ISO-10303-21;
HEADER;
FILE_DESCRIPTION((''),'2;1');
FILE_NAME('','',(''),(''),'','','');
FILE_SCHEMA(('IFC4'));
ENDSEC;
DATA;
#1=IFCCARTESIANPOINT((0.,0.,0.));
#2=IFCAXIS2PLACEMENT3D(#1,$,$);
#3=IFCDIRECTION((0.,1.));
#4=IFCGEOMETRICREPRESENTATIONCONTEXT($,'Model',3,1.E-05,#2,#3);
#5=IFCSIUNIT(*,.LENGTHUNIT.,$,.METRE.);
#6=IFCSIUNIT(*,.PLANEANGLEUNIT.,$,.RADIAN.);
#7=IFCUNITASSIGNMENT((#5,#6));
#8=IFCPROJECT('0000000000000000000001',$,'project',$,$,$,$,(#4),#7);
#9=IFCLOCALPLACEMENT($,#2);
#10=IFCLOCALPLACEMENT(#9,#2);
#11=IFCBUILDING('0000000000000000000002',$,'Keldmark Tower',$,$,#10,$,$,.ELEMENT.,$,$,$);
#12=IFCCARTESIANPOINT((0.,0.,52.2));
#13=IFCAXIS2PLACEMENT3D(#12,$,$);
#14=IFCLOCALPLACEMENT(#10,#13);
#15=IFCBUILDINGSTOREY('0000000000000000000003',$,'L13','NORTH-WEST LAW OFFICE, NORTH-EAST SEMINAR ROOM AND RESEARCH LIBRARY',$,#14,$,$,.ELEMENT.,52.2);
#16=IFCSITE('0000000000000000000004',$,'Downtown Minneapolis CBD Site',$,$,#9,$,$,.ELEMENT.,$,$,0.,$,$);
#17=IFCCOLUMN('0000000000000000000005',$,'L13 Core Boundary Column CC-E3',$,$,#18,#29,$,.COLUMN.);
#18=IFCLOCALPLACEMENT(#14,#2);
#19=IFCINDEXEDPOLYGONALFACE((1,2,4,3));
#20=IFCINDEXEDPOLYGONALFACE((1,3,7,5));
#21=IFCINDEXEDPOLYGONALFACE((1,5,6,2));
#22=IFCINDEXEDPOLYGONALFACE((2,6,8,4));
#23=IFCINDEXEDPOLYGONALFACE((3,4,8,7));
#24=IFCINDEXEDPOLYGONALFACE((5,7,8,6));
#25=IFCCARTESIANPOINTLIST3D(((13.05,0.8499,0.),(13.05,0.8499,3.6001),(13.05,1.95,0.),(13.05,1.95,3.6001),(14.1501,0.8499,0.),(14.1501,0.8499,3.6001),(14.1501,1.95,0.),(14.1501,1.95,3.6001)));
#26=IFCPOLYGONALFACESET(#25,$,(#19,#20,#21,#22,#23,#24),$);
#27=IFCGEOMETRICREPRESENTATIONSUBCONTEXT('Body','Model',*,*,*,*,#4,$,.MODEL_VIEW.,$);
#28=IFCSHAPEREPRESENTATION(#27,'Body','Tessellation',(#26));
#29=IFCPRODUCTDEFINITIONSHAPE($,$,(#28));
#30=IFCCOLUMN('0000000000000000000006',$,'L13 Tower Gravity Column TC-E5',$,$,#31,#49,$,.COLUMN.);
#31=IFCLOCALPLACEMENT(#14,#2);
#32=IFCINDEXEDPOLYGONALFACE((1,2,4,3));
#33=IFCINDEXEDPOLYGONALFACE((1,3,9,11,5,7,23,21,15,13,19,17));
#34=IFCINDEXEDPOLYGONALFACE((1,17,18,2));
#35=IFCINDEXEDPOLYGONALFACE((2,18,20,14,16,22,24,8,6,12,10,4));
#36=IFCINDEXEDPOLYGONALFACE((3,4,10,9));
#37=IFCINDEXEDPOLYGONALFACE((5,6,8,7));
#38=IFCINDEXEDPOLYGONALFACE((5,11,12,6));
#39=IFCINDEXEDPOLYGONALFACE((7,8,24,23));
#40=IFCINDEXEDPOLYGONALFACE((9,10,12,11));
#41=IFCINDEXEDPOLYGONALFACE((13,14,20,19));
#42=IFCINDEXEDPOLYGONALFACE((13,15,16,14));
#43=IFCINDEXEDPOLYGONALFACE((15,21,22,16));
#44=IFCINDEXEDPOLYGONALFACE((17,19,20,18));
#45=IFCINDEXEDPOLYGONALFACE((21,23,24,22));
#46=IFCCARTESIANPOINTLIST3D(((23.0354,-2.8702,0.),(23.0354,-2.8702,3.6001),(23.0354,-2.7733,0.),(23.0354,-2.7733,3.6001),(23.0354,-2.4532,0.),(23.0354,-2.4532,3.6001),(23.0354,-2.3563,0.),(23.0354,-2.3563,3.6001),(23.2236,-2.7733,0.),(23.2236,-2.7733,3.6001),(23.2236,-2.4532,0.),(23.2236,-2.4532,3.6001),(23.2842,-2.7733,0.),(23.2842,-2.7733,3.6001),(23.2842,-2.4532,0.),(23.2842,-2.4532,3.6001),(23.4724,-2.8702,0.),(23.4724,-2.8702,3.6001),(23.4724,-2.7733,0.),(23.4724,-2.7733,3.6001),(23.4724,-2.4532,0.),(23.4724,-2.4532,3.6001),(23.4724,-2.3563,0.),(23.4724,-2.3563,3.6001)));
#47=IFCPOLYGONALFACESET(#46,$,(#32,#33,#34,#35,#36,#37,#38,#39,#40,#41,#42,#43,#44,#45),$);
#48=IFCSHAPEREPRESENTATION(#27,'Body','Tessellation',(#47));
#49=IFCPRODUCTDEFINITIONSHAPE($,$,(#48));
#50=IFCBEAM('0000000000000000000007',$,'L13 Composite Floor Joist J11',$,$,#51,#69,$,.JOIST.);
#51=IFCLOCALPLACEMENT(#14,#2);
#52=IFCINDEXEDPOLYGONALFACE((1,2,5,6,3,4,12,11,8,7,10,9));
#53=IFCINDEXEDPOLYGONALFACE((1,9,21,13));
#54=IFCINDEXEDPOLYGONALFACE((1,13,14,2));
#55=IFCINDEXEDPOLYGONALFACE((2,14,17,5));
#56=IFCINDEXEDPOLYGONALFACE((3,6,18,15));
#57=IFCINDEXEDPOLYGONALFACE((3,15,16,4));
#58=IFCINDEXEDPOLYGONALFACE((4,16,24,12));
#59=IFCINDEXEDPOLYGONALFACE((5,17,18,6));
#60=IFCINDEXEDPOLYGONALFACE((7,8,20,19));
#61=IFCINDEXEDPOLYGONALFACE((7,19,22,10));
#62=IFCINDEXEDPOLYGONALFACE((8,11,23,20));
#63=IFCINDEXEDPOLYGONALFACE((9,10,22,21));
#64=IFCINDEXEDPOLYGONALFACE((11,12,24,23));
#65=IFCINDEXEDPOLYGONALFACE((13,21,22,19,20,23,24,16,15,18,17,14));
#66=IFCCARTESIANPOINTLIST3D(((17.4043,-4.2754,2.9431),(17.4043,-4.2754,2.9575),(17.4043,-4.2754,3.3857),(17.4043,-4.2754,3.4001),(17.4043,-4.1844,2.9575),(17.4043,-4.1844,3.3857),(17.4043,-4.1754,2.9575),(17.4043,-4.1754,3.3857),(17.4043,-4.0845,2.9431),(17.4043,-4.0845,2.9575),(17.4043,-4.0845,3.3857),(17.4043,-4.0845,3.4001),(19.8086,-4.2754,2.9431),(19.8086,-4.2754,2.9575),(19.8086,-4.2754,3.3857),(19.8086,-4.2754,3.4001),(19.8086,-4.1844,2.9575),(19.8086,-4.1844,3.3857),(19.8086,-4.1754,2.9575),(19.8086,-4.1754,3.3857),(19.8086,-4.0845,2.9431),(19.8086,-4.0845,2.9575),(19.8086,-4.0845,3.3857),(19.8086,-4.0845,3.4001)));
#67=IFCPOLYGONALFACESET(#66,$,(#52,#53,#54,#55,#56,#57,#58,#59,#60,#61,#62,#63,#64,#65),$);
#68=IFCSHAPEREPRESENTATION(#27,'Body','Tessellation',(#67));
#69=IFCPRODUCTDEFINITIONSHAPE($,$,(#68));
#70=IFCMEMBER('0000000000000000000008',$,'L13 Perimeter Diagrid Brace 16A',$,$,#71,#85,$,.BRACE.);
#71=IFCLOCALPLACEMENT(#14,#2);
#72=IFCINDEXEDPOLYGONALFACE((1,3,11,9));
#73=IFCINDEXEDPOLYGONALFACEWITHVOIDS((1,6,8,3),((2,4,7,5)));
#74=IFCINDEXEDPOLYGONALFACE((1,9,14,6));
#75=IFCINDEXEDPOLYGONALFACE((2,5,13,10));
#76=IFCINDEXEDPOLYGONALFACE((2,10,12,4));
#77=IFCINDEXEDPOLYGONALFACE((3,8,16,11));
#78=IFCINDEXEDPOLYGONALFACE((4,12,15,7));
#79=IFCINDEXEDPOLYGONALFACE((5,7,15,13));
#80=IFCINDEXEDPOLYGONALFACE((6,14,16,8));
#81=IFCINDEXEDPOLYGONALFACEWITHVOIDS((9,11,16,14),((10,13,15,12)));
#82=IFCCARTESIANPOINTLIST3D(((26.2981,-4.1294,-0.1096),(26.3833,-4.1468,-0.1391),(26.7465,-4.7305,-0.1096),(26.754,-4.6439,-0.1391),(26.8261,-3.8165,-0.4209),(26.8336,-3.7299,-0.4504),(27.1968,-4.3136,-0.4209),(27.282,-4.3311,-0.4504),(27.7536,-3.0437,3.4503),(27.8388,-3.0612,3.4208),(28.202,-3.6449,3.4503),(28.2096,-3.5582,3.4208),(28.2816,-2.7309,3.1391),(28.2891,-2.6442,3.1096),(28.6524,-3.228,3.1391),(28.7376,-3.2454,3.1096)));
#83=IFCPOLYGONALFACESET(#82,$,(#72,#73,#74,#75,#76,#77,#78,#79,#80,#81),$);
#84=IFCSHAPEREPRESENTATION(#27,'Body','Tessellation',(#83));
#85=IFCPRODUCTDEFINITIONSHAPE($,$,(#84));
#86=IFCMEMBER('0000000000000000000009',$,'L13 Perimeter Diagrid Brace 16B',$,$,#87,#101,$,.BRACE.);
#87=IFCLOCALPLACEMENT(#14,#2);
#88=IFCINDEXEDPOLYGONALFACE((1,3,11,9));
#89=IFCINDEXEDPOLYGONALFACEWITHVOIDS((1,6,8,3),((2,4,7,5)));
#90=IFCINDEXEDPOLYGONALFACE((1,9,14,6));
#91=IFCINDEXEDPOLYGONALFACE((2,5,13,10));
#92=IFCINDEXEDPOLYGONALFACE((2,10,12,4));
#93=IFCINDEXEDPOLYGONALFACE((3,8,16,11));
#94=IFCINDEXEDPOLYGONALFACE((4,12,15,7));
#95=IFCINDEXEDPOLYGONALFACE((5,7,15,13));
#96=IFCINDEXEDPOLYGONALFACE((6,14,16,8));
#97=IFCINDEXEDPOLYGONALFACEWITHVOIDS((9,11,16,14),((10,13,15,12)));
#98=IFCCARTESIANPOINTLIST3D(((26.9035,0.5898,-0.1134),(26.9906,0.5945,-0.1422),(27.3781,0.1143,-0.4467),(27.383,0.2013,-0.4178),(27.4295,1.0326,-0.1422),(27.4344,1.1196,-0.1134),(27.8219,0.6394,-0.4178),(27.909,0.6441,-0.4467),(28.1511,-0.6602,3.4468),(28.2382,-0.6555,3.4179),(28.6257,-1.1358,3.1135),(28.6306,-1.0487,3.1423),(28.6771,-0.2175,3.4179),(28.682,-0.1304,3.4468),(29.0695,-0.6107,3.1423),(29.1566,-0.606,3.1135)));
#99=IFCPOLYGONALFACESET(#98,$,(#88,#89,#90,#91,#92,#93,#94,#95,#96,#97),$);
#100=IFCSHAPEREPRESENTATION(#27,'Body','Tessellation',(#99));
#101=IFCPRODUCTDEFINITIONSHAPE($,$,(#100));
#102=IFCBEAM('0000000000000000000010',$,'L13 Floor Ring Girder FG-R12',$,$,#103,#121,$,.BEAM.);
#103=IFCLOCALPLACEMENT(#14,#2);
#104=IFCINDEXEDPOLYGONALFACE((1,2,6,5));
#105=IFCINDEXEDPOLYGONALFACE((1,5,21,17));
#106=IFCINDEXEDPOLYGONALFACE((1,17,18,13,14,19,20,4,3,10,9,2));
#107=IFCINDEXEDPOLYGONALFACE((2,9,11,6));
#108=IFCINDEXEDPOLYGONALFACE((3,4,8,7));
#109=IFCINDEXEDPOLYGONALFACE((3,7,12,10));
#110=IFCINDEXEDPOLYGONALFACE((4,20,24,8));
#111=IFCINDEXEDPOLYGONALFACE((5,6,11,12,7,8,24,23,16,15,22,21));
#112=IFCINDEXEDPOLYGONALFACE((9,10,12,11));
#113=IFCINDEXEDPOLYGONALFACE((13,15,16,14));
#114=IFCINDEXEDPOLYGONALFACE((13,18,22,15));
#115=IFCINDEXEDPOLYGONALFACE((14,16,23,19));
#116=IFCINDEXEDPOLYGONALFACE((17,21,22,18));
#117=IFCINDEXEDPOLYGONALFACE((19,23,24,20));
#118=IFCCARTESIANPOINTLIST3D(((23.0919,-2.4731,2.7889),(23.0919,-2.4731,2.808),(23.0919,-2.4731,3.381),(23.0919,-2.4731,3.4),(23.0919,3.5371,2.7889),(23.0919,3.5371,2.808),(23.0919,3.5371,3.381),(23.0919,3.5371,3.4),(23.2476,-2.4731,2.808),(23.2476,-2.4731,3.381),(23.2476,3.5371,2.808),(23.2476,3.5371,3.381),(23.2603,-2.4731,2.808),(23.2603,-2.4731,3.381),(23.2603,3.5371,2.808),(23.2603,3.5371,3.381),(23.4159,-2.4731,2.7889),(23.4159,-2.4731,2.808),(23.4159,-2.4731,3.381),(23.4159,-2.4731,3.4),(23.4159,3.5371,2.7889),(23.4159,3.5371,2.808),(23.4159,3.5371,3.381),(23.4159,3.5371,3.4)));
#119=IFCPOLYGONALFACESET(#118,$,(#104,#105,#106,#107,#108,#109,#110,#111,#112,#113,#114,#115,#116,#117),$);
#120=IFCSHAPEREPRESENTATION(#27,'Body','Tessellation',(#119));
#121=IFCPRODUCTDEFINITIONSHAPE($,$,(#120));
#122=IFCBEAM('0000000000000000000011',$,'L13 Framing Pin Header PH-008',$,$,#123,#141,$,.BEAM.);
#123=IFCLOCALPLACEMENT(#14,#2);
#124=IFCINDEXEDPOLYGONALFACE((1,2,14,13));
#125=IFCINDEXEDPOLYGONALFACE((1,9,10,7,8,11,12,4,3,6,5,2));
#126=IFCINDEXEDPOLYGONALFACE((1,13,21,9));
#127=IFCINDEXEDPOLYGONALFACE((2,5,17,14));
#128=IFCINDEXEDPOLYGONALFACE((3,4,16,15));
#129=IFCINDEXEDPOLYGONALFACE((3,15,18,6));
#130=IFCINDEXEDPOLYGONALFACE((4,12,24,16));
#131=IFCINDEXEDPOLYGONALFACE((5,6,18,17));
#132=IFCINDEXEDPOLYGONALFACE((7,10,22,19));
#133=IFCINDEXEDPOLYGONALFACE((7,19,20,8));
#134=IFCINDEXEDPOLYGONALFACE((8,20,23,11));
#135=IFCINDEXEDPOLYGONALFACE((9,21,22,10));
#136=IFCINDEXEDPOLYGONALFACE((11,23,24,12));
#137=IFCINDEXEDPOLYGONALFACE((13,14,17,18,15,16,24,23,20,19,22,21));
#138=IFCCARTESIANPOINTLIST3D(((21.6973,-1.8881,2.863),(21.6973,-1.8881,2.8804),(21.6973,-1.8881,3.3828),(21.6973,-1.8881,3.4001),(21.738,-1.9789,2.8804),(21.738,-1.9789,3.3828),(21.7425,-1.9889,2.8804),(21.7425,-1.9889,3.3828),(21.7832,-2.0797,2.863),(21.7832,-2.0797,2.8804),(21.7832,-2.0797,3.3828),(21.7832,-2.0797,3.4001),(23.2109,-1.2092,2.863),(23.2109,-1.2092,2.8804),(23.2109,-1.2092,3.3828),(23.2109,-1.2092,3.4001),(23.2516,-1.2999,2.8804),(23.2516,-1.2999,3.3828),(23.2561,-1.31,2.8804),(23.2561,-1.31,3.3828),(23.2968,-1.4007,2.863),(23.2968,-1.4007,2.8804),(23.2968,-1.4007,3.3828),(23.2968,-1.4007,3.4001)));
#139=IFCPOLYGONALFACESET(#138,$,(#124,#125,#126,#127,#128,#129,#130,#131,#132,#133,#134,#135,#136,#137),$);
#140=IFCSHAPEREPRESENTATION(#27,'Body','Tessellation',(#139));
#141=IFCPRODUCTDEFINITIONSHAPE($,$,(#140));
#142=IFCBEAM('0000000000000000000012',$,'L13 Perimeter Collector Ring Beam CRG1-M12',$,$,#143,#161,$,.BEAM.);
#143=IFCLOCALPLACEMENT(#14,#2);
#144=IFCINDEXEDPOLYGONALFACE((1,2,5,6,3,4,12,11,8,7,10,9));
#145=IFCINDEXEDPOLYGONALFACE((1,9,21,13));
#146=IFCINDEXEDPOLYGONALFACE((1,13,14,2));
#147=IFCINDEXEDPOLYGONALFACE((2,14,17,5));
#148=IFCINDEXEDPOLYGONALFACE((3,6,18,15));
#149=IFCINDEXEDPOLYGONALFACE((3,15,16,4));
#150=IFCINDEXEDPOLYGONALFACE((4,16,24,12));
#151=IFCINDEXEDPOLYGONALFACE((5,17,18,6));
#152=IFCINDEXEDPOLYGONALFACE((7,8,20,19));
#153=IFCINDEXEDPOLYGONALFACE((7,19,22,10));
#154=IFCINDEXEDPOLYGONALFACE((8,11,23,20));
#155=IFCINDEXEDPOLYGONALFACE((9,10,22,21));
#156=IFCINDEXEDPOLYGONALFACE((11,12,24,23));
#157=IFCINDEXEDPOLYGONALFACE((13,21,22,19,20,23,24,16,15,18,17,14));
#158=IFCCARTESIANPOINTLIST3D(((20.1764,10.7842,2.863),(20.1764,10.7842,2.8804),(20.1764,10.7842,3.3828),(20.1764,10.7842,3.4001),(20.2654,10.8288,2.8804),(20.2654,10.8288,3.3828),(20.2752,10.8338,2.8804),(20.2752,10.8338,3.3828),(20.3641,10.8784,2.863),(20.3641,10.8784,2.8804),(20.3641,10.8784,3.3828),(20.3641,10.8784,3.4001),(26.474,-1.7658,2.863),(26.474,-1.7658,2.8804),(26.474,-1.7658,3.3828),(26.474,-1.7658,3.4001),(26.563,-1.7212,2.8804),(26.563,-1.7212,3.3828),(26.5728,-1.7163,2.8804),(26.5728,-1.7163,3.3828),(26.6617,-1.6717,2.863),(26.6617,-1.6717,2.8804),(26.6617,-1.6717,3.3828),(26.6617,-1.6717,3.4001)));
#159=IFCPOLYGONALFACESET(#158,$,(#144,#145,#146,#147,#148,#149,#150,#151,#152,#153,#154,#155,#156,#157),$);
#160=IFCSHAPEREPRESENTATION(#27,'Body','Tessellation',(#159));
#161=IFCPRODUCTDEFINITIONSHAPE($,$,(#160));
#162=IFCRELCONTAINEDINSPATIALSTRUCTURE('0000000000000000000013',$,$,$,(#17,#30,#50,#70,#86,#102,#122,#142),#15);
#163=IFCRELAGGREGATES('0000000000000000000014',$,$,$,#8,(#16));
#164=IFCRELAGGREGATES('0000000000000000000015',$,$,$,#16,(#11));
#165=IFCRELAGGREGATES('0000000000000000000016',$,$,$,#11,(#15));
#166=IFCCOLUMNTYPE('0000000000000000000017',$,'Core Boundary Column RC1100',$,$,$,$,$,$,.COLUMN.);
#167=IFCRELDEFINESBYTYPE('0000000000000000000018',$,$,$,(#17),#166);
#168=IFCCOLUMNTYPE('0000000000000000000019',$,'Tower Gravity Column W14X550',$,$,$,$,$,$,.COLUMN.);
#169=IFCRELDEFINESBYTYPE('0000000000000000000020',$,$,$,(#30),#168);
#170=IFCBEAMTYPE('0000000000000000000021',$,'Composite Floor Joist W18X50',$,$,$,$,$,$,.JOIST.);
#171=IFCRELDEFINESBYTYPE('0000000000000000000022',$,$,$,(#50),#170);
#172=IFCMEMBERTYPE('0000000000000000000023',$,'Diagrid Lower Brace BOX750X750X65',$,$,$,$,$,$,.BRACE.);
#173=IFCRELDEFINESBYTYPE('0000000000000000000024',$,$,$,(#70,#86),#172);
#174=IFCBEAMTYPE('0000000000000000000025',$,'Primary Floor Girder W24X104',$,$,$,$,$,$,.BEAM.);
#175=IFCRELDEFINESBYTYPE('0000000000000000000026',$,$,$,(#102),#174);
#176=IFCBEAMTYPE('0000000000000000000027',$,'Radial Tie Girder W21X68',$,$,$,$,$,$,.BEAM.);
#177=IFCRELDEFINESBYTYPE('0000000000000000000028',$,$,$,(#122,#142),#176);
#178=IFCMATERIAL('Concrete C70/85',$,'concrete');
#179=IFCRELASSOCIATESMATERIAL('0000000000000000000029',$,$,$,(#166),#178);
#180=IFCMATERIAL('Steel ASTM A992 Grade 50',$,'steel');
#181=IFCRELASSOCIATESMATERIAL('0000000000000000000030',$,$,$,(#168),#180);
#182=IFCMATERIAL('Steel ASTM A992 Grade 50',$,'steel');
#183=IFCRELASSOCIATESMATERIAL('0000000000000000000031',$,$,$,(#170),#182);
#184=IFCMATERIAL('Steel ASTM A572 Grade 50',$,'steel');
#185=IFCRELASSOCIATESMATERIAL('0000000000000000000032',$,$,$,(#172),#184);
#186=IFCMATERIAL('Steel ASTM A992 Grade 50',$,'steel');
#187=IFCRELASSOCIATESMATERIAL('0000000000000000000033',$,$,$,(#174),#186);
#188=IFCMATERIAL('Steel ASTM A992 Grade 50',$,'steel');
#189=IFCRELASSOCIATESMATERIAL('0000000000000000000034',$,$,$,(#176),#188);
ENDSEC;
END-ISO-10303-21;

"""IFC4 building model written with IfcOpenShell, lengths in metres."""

from ifc_helpers import new_model, si_unit, direction, frame, origin, origin_2d, place, context, subcontext, project, spatial, rectangle, hollow_rectangle, i_section, extrude, material, material_profile, profile_set, type_object, element, save


model = new_model("IFC4")

# Units and contexts
model_context = context("Model", 3, precision=1e-05, world=origin(), true_north=direction((0.0, 1.0)))
body_context = subcontext(model_context, "Body", "Model", "MODEL_VIEW")
ifc_project = project(units=[si_unit("LENGTHUNIT", "METRE"), si_unit("PLANEANGLEUNIT", "RADIAN")], contexts=[model_context])

# Site, building, storey
site_placement = place(None, origin())
site = spatial("IfcSite", under=ifc_project, at=site_placement, Name="Downtown Minneapolis CBD Site", CompositionType="ELEMENT", RefElevation=0.0)
building_placement = place(site_placement, origin())
building = spatial("IfcBuilding", under=site, at=building_placement, Name="Keldmark Tower", CompositionType="ELEMENT")
storey_placement = place(building_placement, frame((0.0, 0.0, 52.2)))
storey = spatial("IfcBuildingStorey", under=building, at=storey_placement, Name="L13", Description="NORTH-WEST LAW OFFICE, NORTH-EAST SEMINAR ROOM AND RESEARCH LIBRARY", CompositionType="ELEMENT", Elevation=52.2)

# Columns
ifc_material_1 = material(Name="Concrete C70/85", Category="concrete")
ifc_material_profile_1 = material_profile(ifc_material_1, rectangle(XDim=1.1001, YDim=1.1001, at=origin_2d()), Name="RC1100X1100")
ifc_profile_set_1 = profile_set([ifc_material_profile_1], Name="Concrete C70/85")
column_type_1 = type_object("IfcColumnType", Name="Core Boundary Column RC1100", PredefinedType="COLUMN", material=ifc_profile_set_1)
column_1_placement = place(storey_placement, frame((13.6001, 1.3999, 0.0), z_axis=(0.0, 0.0, 1.0), x_axis=(1.0, 0.0, 0.0)))
element("IfcColumn", 1, at=column_1_placement, inside=storey, type_object=column_type_1, Name="L13 Core Boundary Column CC-E3", PredefinedType="COLUMN", context=body_context, shape_type="SweptSolid", body=[
    extrude(rectangle(XDim=1.1001, YDim=1.1001, at=origin_2d()), origin(), (0.0, 0.0, 1.0), 3.6001),
])
ifc_material_2 = material(Name="Steel ASTM A992 Grade 50", Category="steel")
ifc_material_profile_2 = material_profile(ifc_material_2, i_section(OverallWidth=0.437, OverallDepth=0.5139, WebThickness=0.0605, FlangeThickness=0.0969, at=origin_2d()), Name="W14X550")
ifc_profile_set_2 = profile_set([ifc_material_profile_2], Name="Steel ASTM A992 Grade 50")
column_type_2 = type_object("IfcColumnType", Name="Tower Gravity Column W14X550", PredefinedType="COLUMN", material=ifc_profile_set_2)
column_2_placement = place(storey_placement, frame((23.2539, -2.6133, 0.0), z_axis=(0.0, 0.0, 1.0), x_axis=(1.0, 0.0, 0.0)))
element("IfcColumn", 2, at=column_2_placement, inside=storey, type_object=column_type_2, Name="L13 Tower Gravity Column TC-E5", PredefinedType="COLUMN", context=body_context, shape_type="SweptSolid", body=[
    extrude(i_section(OverallWidth=0.437, OverallDepth=0.5139, WebThickness=0.0605, FlangeThickness=0.0969, at=origin_2d()), origin(), (0.0, 0.0, 1.0), 3.6001),
])

# Beam
ifc_material_3 = material(Name="Steel ASTM A992 Grade 50", Category="steel")
ifc_material_profile_3 = material_profile(ifc_material_3, i_section(OverallWidth=0.1909, OverallDepth=0.457, WebThickness=0.009, FlangeThickness=0.0144, at=origin_2d()), Name="W18X50")
ifc_profile_set_3 = profile_set([ifc_material_profile_3], Name="Steel ASTM A992 Grade 50")
beam_type_1 = type_object("IfcBeamType", Name="Composite Floor Joist W18X50", PredefinedType="JOIST", material=ifc_profile_set_3)
beam_1_placement = place(storey_placement, frame((17.4043, -4.1799, 3.1716), z_axis=(1.0, 0.0, 0.0), x_axis=(0.0, 1.0, 0.0)))
element("IfcBeam", 3, at=beam_1_placement, inside=storey, type_object=beam_type_1, Name="L13 Composite Floor Joist J11", PredefinedType="JOIST", context=body_context, shape_type="SweptSolid", body=[
    extrude(i_section(OverallWidth=0.1909, OverallDepth=0.457, WebThickness=0.009, FlangeThickness=0.0144, at=origin_2d()), origin(), (0.0, 0.0, 1.0), 2.4043),
])

# Members
ifc_material_4 = material(Name="Steel ASTM A572 Grade 50", Category="steel")
ifc_material_profile_4 = material_profile(ifc_material_4, hollow_rectangle(XDim=0.75, YDim=0.75, WallThickness=0.0649, at=origin_2d()), Name="BOX750X750X65")
ifc_profile_set_4 = profile_set([ifc_material_profile_4], Name="Steel ASTM A572 Grade 50")
member_type = type_object("IfcMemberType", Name="Diagrid Lower Brace BOX750X750X65", PredefinedType="BRACE", material=ifc_profile_set_4)
member_1_placement = place(storey_placement, frame((26.79, -4.2302, -0.28), z_axis=(0.364217, 0.271666, 0.890811), x_axis=(-0.59789, 0.801578, 0.0)))
element("IfcMember", 4, at=member_1_placement, inside=storey, type_object=member_type, Name="L13 Perimeter Diagrid Brace 16A", PredefinedType="BRACE", context=body_context, shape_type="SweptSolid", body=[
    extrude(hollow_rectangle(XDim=0.75, YDim=0.75, WallThickness=0.0649, at=origin_2d()), origin(), (0.0, 0.0, 1.0), 3.9963),
])
member_2_placement = place(storey_placement, frame((27.4062, 0.6169, -0.28), z_axis=(0.313928, -0.314542, 0.895831), x_axis=(0.707798, 0.706415, 0.0)))
element("IfcMember", 5, at=member_2_placement, inside=storey, type_object=member_type, Name="L13 Perimeter Diagrid Brace 16B", PredefinedType="BRACE", context=body_context, shape_type="SweptSolid", body=[
    extrude(hollow_rectangle(XDim=0.75, YDim=0.75, WallThickness=0.0649, at=origin_2d()), origin(), (0.0, 0.0, 1.0), 3.9741),
])

# Beams
ifc_material_5 = material(Name="Steel ASTM A992 Grade 50", Category="steel")
ifc_material_profile_5 = material_profile(ifc_material_5, i_section(OverallWidth=0.324, OverallDepth=0.6111, WebThickness=0.0127, FlangeThickness=0.019, at=origin_2d()), Name="W24X104")
ifc_profile_set_5 = profile_set([ifc_material_profile_5], Name="Steel ASTM A992 Grade 50")
beam_type_2 = type_object("IfcBeamType", Name="Primary Floor Girder W24X104", PredefinedType="BEAM", material=ifc_profile_set_5)
beam_2_placement = place(storey_placement, frame((23.2539, -2.4731, 3.0945), z_axis=(0.0, 1.0, 0.0), x_axis=(-1.0, 0.0, 0.0)))
element("IfcBeam", 6, at=beam_2_placement, inside=storey, type_object=beam_type_2, Name="L13 Floor Ring Girder FG-R12", PredefinedType="BEAM", context=body_context, shape_type="SweptSolid", body=[
    extrude(i_section(OverallWidth=0.324, OverallDepth=0.6111, WebThickness=0.0127, FlangeThickness=0.019, at=origin_2d()), origin(), (0.0, 0.0, 1.0), 6.0103),
])
ifc_material_6 = material(Name="Steel ASTM A992 Grade 50", Category="steel")
ifc_material_profile_6 = material_profile(ifc_material_6, i_section(OverallWidth=0.21, OverallDepth=0.5371, WebThickness=0.011, FlangeThickness=0.0173, at=origin_2d()), Name="W21X68")
ifc_profile_set_6 = profile_set([ifc_material_profile_6], Name="Steel ASTM A992 Grade 50")
beam_type_3 = type_object("IfcBeamType", Name="Radial Tie Girder W21X68", PredefinedType="BEAM", material=ifc_profile_set_6)
beam_3_placement = place(storey_placement, frame((21.7402, -1.9839, 3.1316), z_axis=(0.912416, 0.409263, 0.0), x_axis=(-0.409263, 0.912416, 0.0)))
element("IfcBeam", 7, at=beam_3_placement, inside=storey, type_object=beam_type_3, Name="L13 Framing Pin Header PH-008", PredefinedType="BEAM", context=body_context, shape_type="SweptSolid", body=[
    extrude(i_section(OverallWidth=0.21, OverallDepth=0.5371, WebThickness=0.011, FlangeThickness=0.0173, at=origin_2d()), origin(), (0.0, 0.0, 1.0), 1.6589),
])
beam_4_placement = place(storey_placement, frame((26.5679, -1.7188, 3.1316), z_axis=(-0.4485, 0.893783, 0.0), x_axis=(-0.893783, -0.4485, 0.0)))
element("IfcBeam", 8, at=beam_4_placement, inside=storey, type_object=beam_type_3, Name="L13 Perimeter Collector Ring Beam CRG1-M12", PredefinedType="BEAM", context=body_context, shape_type="SweptSolid", body=[
    extrude(i_section(OverallWidth=0.21, OverallDepth=0.5371, WebThickness=0.011, FlangeThickness=0.0173, at=origin_2d()), origin(), (0.0, 0.0, 1.0), 14.0415),
])

save(model, "model.ifc")
